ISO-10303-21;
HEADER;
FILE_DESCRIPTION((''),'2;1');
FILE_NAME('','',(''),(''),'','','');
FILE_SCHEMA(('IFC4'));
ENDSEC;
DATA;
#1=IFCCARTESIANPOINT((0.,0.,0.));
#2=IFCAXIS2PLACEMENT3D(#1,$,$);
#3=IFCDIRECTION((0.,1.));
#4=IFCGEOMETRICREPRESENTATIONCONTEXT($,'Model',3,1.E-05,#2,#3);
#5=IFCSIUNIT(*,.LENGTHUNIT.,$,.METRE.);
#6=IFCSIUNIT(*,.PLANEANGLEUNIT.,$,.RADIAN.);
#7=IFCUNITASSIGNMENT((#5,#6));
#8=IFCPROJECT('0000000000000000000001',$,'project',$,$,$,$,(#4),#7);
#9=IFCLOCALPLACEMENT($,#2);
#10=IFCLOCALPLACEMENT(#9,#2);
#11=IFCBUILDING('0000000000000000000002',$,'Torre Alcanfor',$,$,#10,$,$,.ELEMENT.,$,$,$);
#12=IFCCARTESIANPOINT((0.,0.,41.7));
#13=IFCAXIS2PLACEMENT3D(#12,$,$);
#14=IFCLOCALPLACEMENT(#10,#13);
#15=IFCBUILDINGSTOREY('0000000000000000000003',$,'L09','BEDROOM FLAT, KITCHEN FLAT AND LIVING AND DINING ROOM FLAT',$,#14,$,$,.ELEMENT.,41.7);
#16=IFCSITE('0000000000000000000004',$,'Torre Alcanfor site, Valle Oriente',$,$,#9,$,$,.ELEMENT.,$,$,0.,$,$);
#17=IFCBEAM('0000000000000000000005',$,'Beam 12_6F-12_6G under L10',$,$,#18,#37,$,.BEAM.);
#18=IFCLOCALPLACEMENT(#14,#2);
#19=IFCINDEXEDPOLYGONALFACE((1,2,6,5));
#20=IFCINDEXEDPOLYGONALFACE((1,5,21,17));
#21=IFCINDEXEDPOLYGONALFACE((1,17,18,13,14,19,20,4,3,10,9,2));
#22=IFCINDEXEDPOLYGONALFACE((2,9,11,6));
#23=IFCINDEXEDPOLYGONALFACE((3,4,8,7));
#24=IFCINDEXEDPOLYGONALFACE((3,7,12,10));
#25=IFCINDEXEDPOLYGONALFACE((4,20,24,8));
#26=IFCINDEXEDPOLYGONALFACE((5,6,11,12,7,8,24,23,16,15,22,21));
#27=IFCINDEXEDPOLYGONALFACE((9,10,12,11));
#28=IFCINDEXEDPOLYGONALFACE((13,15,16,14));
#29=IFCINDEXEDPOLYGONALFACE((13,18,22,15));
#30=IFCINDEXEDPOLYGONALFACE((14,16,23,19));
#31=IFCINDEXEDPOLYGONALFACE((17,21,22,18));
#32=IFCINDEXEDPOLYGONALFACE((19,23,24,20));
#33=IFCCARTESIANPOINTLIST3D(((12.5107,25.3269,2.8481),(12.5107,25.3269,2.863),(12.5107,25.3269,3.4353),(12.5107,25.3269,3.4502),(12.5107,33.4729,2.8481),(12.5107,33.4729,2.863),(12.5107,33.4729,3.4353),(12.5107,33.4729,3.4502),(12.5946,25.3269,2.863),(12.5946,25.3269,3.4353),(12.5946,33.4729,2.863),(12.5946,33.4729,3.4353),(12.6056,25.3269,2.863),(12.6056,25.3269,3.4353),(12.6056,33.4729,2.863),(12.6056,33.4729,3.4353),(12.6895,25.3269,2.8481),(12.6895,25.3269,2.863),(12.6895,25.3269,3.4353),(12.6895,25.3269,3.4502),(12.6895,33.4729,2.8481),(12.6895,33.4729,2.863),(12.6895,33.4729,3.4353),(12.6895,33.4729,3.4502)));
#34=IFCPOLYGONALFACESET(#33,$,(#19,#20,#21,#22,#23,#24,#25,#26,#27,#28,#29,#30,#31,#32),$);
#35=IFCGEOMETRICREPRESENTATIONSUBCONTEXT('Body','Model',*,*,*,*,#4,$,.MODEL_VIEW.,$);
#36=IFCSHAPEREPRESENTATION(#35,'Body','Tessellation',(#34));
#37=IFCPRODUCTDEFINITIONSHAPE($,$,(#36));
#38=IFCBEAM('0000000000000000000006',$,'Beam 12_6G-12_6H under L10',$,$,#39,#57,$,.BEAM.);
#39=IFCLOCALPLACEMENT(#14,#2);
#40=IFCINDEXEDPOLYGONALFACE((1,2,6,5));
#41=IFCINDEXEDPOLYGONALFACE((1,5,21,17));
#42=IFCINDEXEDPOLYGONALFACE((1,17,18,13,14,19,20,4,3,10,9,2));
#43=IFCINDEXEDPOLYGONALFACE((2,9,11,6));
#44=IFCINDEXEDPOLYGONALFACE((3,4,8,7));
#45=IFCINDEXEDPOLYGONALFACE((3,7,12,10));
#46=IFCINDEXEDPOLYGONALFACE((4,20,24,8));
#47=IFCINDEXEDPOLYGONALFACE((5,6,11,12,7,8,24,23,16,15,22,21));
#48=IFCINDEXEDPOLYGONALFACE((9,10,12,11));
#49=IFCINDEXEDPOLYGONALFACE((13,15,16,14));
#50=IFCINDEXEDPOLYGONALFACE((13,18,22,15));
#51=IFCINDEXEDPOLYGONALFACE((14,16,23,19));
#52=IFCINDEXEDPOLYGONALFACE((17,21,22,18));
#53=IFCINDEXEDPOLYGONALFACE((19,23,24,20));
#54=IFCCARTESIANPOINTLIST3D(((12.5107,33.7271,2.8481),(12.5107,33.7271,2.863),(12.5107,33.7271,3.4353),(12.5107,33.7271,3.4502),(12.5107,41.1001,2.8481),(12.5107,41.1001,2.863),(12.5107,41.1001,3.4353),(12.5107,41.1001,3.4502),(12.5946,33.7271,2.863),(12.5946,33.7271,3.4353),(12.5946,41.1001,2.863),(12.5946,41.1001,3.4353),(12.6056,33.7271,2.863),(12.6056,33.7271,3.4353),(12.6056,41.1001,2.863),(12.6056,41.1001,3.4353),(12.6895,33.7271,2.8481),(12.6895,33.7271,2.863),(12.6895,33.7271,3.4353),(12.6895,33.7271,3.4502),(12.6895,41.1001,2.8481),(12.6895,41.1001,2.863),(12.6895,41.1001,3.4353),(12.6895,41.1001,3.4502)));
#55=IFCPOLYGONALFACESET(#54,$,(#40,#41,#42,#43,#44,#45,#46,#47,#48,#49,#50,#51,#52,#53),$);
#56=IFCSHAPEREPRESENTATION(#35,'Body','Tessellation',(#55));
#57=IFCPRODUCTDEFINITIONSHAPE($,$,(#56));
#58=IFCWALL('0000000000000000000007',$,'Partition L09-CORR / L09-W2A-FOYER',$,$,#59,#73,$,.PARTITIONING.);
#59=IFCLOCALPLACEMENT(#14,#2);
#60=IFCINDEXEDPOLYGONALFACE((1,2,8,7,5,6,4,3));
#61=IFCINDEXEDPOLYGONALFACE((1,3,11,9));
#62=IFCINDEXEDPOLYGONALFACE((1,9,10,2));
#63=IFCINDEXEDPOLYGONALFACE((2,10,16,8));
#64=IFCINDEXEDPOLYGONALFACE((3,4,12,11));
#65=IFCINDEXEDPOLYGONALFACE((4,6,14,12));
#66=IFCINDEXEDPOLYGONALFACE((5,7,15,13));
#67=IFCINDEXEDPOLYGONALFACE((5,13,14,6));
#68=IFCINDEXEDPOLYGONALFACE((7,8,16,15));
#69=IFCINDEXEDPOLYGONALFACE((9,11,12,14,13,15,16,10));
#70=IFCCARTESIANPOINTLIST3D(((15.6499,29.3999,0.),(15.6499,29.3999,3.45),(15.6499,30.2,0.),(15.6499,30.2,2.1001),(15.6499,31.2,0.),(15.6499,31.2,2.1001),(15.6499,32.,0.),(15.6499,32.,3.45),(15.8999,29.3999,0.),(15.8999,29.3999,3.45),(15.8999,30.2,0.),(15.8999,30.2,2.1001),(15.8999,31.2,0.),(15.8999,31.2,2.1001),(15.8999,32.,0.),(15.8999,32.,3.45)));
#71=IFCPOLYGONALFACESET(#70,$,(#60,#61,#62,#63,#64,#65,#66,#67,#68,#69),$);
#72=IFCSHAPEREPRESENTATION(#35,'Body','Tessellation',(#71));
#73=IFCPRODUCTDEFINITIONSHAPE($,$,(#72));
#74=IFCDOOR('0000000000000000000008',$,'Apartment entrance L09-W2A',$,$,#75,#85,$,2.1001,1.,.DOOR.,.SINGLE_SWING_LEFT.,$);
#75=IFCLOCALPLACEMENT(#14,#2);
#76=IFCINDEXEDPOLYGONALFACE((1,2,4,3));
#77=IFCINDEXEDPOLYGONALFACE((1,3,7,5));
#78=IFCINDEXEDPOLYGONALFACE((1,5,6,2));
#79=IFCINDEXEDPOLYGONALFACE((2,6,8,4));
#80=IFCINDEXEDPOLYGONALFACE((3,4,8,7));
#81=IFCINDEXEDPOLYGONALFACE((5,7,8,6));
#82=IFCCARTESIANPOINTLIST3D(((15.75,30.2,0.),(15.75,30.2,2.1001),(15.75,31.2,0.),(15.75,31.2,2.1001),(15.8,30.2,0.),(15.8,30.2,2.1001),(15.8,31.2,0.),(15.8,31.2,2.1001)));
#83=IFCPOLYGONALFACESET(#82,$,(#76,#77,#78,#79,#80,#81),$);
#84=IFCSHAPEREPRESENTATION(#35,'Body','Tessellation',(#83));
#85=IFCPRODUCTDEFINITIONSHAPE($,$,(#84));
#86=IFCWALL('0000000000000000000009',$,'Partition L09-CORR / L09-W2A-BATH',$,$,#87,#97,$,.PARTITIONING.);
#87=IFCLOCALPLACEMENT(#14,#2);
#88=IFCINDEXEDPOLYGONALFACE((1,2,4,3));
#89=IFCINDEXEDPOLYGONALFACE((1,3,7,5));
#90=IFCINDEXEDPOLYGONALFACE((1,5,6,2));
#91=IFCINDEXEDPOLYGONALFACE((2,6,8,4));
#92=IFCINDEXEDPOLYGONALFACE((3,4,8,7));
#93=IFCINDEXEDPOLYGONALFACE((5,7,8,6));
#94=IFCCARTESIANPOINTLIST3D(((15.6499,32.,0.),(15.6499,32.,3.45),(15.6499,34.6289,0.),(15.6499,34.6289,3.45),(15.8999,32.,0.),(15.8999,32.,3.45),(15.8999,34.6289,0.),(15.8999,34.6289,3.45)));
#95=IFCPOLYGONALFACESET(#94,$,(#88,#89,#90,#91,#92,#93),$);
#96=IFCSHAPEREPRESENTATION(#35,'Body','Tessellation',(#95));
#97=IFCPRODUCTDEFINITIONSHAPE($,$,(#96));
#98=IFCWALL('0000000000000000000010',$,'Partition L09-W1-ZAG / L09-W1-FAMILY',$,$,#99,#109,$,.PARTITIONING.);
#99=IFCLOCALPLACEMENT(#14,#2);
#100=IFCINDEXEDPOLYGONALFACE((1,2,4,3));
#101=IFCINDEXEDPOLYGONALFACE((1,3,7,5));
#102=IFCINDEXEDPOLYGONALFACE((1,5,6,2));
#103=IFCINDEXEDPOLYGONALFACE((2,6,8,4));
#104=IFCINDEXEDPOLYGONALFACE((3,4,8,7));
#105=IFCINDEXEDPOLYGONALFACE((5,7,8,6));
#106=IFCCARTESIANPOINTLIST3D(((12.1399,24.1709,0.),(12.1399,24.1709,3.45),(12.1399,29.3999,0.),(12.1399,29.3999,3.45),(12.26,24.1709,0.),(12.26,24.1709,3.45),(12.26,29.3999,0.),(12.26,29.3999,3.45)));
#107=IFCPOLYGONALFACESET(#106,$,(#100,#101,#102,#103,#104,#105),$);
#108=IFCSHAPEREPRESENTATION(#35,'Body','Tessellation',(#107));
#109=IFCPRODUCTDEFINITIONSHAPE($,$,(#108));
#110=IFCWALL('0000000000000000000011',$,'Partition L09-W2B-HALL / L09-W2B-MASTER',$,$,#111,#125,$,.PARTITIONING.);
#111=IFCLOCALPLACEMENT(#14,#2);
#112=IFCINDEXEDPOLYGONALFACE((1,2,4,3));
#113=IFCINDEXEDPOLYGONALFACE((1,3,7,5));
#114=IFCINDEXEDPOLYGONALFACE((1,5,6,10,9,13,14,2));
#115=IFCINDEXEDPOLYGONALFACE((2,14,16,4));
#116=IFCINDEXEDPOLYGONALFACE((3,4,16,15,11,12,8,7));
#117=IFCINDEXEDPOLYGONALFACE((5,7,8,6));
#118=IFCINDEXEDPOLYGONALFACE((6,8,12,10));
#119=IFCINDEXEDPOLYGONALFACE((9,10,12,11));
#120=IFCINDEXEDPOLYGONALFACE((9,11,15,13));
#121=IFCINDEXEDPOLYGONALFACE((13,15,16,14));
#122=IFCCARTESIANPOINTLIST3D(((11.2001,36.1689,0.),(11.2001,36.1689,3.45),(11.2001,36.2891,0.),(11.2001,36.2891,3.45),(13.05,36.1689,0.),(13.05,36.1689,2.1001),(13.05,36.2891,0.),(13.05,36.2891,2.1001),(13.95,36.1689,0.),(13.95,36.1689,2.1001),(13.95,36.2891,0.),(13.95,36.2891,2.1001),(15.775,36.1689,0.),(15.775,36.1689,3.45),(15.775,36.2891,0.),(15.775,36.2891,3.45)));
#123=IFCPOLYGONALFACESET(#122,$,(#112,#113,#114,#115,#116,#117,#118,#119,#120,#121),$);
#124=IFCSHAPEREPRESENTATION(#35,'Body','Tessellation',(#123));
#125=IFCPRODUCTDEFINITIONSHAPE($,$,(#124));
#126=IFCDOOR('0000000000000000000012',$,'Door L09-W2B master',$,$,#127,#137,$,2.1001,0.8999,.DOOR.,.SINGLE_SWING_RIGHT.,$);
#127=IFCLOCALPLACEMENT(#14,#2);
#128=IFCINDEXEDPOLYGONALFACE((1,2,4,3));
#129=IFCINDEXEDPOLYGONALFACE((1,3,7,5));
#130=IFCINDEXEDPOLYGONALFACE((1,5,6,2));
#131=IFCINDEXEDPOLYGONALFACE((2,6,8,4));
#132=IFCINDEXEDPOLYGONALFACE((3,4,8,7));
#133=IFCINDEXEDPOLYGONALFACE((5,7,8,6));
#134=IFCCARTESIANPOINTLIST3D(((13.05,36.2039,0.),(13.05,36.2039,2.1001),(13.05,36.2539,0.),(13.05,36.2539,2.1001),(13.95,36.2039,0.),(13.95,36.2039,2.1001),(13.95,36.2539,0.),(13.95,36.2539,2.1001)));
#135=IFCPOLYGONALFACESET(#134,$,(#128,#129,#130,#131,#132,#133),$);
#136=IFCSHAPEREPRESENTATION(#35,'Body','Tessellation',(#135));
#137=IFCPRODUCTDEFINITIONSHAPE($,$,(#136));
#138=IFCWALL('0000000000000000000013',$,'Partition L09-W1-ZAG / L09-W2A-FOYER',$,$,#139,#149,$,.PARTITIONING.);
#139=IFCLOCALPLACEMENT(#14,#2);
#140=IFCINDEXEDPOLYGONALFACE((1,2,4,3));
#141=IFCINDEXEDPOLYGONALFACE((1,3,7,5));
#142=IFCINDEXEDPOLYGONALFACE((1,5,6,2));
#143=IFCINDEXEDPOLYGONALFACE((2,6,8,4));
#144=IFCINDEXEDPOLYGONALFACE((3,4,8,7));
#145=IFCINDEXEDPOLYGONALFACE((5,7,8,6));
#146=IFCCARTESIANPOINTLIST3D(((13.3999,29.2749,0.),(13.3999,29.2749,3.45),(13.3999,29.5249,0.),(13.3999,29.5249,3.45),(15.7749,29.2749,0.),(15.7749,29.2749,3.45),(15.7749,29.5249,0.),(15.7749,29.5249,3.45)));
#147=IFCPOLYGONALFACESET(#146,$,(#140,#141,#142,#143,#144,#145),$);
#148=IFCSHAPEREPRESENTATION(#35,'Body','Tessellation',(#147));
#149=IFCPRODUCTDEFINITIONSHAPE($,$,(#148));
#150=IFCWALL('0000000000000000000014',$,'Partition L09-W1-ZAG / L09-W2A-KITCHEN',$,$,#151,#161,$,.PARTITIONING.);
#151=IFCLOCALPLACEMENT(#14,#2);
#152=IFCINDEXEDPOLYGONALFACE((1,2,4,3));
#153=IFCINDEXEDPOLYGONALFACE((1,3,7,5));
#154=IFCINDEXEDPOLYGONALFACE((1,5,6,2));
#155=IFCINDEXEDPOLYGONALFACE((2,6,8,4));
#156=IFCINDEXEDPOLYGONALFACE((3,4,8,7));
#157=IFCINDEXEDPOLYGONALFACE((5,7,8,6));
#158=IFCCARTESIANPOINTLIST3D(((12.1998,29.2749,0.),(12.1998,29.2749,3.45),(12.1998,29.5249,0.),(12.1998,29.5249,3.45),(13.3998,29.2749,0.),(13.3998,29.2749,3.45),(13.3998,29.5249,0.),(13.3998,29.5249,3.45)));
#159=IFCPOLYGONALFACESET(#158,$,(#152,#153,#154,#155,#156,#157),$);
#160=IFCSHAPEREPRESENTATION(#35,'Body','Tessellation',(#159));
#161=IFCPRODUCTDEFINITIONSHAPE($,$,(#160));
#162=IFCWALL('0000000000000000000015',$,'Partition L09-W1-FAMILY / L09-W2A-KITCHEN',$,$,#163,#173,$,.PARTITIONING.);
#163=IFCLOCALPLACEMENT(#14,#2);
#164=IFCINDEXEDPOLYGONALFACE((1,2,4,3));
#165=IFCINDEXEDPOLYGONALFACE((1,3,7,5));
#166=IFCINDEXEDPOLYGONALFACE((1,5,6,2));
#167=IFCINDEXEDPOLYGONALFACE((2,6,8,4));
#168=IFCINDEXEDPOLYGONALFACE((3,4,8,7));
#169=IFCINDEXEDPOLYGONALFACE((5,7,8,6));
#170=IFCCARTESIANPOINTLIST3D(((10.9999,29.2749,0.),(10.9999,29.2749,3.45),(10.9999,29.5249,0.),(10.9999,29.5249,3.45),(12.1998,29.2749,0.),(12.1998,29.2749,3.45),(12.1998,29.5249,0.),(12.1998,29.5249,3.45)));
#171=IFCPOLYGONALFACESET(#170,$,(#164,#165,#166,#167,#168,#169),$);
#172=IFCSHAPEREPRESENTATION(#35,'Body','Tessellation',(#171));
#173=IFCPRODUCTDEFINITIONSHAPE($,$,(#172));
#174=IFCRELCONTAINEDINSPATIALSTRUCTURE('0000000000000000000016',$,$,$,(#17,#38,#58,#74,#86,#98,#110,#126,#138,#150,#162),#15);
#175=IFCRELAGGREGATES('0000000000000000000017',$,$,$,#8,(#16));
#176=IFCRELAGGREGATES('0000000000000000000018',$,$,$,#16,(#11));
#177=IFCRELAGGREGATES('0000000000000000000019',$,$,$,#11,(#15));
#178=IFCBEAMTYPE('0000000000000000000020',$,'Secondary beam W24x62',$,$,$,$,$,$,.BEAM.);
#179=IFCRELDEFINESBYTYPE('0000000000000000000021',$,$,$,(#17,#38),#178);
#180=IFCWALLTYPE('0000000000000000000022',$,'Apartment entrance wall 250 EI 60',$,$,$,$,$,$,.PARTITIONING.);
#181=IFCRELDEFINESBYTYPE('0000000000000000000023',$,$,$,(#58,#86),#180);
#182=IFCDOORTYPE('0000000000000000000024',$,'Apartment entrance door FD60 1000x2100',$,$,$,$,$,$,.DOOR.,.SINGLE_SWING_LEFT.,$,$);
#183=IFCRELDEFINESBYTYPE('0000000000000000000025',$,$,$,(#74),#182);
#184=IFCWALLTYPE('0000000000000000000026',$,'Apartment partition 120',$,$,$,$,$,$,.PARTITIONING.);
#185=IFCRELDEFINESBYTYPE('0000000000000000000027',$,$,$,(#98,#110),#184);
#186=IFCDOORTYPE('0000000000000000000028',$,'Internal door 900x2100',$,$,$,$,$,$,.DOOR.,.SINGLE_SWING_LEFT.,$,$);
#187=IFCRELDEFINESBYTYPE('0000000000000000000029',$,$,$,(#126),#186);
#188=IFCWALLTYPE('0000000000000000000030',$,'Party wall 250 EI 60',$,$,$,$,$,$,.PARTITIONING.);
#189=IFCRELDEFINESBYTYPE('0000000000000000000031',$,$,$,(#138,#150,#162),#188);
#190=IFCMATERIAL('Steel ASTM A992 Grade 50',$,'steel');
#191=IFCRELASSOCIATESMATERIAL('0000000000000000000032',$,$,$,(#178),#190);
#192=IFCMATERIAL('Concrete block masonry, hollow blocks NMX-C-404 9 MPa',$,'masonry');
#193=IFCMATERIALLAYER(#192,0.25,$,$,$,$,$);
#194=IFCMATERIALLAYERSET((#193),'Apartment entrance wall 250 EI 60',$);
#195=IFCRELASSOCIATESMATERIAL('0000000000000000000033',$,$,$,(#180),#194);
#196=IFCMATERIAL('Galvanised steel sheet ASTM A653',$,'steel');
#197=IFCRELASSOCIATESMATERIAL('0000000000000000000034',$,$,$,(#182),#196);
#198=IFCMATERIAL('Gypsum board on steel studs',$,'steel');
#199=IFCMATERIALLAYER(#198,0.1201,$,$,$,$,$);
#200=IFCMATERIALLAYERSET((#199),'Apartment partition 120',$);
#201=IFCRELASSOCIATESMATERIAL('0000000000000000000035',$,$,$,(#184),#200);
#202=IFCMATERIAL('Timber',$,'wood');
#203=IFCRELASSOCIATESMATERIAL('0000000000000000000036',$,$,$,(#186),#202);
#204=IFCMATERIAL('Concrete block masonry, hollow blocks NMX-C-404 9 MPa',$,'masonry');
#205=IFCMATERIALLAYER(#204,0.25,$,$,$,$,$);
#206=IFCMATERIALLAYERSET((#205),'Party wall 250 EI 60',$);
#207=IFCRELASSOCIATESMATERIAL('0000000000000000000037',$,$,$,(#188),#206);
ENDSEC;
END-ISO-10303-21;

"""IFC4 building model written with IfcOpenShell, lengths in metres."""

from ifc_helpers import new_model, si_unit, direction, frame, frame_2d, origin, origin_2d, place, context, subcontext, project, spatial, rectangle, i_section, extrude, material, layer, layer_set, material_profile, profile_set, type_object, element, fill, save


model = new_model("IFC4")

# Units and contexts
model_context = context("Model", 3, precision=1e-05, world=origin(), true_north=direction((0.0, 1.0)))
body_context = subcontext(model_context, "Body", "Model", "MODEL_VIEW")
ifc_project = project(units=[si_unit("LENGTHUNIT", "METRE"), si_unit("PLANEANGLEUNIT", "RADIAN")], contexts=[model_context])

# Site, building, storey
site_placement = place(None, origin())
site = spatial("IfcSite", under=ifc_project, at=site_placement, Name="Torre Alcanfor site, Valle Oriente", CompositionType="ELEMENT", RefElevation=0.0)
building_placement = place(site_placement, origin())
building = spatial("IfcBuilding", under=site, at=building_placement, Name="Torre Alcanfor", CompositionType="ELEMENT")
storey_placement = place(building_placement, frame((0.0, 0.0, 41.7)))
storey = spatial("IfcBuildingStorey", under=building, at=storey_placement, Name="L09", Description="BEDROOM FLAT, KITCHEN FLAT AND LIVING AND DINING ROOM FLAT", CompositionType="ELEMENT", Elevation=41.7)

# Beams
ifc_material_1 = material(Name="Steel ASTM A992 Grade 50", Category="steel")
ifc_material_profile = material_profile(ifc_material_1, i_section(OverallWidth=0.1787, OverallDepth=0.6021, WebThickness=0.011, FlangeThickness=0.0149, at=origin_2d()), Name="W24x62")
ifc_profile_set = profile_set([ifc_material_profile], Name="Steel ASTM A992 Grade 50")
beam_type = type_object("IfcBeamType", Name="Secondary beam W24x62", PredefinedType="BEAM", material=ifc_profile_set)
beam_1_placement = place(storey_placement, frame((12.6001, 25.3269, 3.1492), z_axis=(0.0, 1.0, 0.0), x_axis=(-1.0, 0.0, 0.0)))
element("IfcBeam", 1, at=beam_1_placement, inside=storey, type_object=beam_type, Name="Beam 12_6F-12_6G under L10", PredefinedType="BEAM", context=body_context, shape_type="SweptSolid", body=[
    extrude(i_section(OverallWidth=0.1787, OverallDepth=0.6021, WebThickness=0.011, FlangeThickness=0.0149, at=origin_2d()), origin(), (0.0, 0.0, 1.0), 8.146),
])
beam_2_placement = place(storey_placement, frame((12.6001, 33.7271, 3.1492), z_axis=(0.0, 1.0, 0.0), x_axis=(-1.0, 0.0, 0.0)))
element("IfcBeam", 2, at=beam_2_placement, inside=storey, type_object=beam_type, Name="Beam 12_6G-12_6H under L10", PredefinedType="BEAM", context=body_context, shape_type="SweptSolid", body=[
    extrude(i_section(OverallWidth=0.1787, OverallDepth=0.6021, WebThickness=0.011, FlangeThickness=0.0149, at=origin_2d()), origin(), (0.0, 0.0, 1.0), 7.373),
])

# Wall, opening, door
ifc_material_2 = material(Name="Concrete block masonry, hollow blocks NMX-C-404 9 MPa", Category="masonry")
ifc_layer_1 = layer(ifc_material_2, 0.25)
ifc_layer_set_1 = layer_set([ifc_layer_1], Name="Apartment entrance wall 250 EI 60")
wall_type_1 = type_object("IfcWallType", Name="Apartment entrance wall 250 EI 60", PredefinedType="PARTITIONING", material=ifc_layer_set_1)
wall_1_placement = place(storey_placement, frame((15.7749, 29.3999, 0.0), z_axis=(0.0, 0.0, 1.0), x_axis=(0.0, 1.0, 0.0)))
wall_1 = element("IfcWall", 3, at=wall_1_placement, inside=storey, type_object=wall_type_1, Name="Partition L09-CORR / L09-W2A-FOYER", PredefinedType="PARTITIONING", context=body_context, shape_type="SweptSolid", body=[
    extrude(rectangle(XDim=2.6001, YDim=0.25, at=frame_2d((1.3, 0.0))), origin(), (0.0, 0.0, 1.0), 3.45),
])
opening_1_placement = place(wall_1_placement, frame((0.8, 0.0, 0.0)))
opening_1 = element("IfcOpeningElement", 4, at=opening_1_placement, cuts=wall_1, PredefinedType="OPENING", context=body_context, shape_type="SweptSolid", body=[
    extrude(rectangle(XDim=1.0, YDim=2.1001, at=frame_2d((0.5, 1.05))), frame((0.0, 0.135, 0.0), z_axis=(0.0, -1.0, 0.0), x_axis=(1.0, 0.0, 0.0)), (0.0, 0.0, 1.0), 0.27),
])
ifc_material_3 = material(Name="Galvanised steel sheet ASTM A653", Category="steel")
door_type_1 = type_object("IfcDoorType", Name="Apartment entrance door FD60 1000x2100", OperationType="SINGLE_SWING_LEFT", PredefinedType="DOOR", material=ifc_material_3)
door_1_placement = place(opening_1_placement, origin())
door_1 = element("IfcDoor", 5, at=door_1_placement, inside=storey, type_object=door_type_1, Name="Apartment entrance L09-W2A", OperationType="SINGLE_SWING_LEFT", OverallHeight=2.1001, OverallWidth=1.0, PredefinedType="DOOR", context=body_context, shape_type="SweptSolid", body=[
    extrude(rectangle(XDim=1.0, YDim=2.1001, at=frame_2d((0.5, 1.05))), frame((0.0, 0.0249, 0.0), z_axis=(0.0, -1.0, 0.0), x_axis=(1.0, 0.0, 0.0)), (0.0, 0.0, 1.0), 0.05),
])
fill(opening_1, door_1)

# Walls
wall_2_placement = place(storey_placement, frame((15.7749, 32.0, 0.0), z_axis=(0.0, 0.0, 1.0), x_axis=(0.0, 1.0, 0.0)))
element("IfcWall", 6, at=wall_2_placement, inside=storey, type_object=wall_type_1, Name="Partition L09-CORR / L09-W2A-BATH", PredefinedType="PARTITIONING", context=body_context, shape_type="SweptSolid", body=[
    extrude(rectangle(XDim=2.6289, YDim=0.25, at=frame_2d((1.3145, 0.0))), origin(), (0.0, 0.0, 1.0), 3.45),
])
ifc_material_4 = material(Name="Gypsum board on steel studs", Category="steel")
ifc_layer_2 = layer(ifc_material_4, 0.1201)
ifc_layer_set_2 = layer_set([ifc_layer_2], Name="Apartment partition 120")
wall_type_2 = type_object("IfcWallType", Name="Apartment partition 120", PredefinedType="PARTITIONING", material=ifc_layer_set_2)
wall_3_placement = place(storey_placement, frame((12.2, 29.3999, 0.0), z_axis=(0.0, 0.0, 1.0), x_axis=(0.0, -1.0, 0.0)))
element("IfcWall", 7, at=wall_3_placement, inside=storey, type_object=wall_type_2, Name="Partition L09-W1-ZAG / L09-W1-FAMILY", PredefinedType="PARTITIONING", context=body_context, shape_type="SweptSolid", body=[
    extrude(rectangle(XDim=5.229, YDim=0.1201, at=frame_2d((2.6145, 0.0))), origin(), (0.0, 0.0, 1.0), 3.45),
])

# Wall, opening, door
wall_4_placement = place(storey_placement, frame((11.2, 36.229, 0.0), z_axis=(0.0, 0.0, 1.0), x_axis=(1.0, 0.0, 0.0)))
wall_4 = element("IfcWall", 8, at=wall_4_placement, inside=storey, type_object=wall_type_2, Name="Partition L09-W2B-HALL / L09-W2B-MASTER", PredefinedType="PARTITIONING", context=body_context, shape_type="SweptSolid", body=[
    extrude(rectangle(XDim=4.575, YDim=0.1201, at=frame_2d((2.2876, 0.0))), origin(), (0.0, 0.0, 1.0), 3.45),
])
opening_2_placement = place(wall_4_placement, frame((1.8501, 0.0, 0.0)))
opening_2 = element("IfcOpeningElement", 9, at=opening_2_placement, cuts=wall_4, PredefinedType="OPENING", context=body_context, shape_type="SweptSolid", body=[
    extrude(rectangle(XDim=0.8999, YDim=2.1001, at=frame_2d((0.45, 1.05))), frame((0.0, 0.0701, 0.0), z_axis=(0.0, -1.0, 0.0), x_axis=(1.0, 0.0, 0.0)), (0.0, 0.0, 1.0), 0.1401),
])
ifc_material_5 = material(Name="Timber", Category="wood")
door_type_2 = type_object("IfcDoorType", Name="Internal door 900x2100", OperationType="SINGLE_SWING_LEFT", PredefinedType="DOOR", material=ifc_material_5)
door_2_placement = place(opening_2_placement, origin())
door_2 = element("IfcDoor", 10, at=door_2_placement, inside=storey, type_object=door_type_2, Name="Door L09-W2B master", OperationType="SINGLE_SWING_RIGHT", OverallHeight=2.1001, OverallWidth=0.8999, PredefinedType="DOOR", context=body_context, shape_type="SweptSolid", body=[
    extrude(rectangle(XDim=0.8999, YDim=2.1001, at=frame_2d((0.45, 1.05))), frame((0.0, 0.0249, 0.0), z_axis=(0.0, -1.0, 0.0), x_axis=(1.0, 0.0, 0.0)), (0.0, 0.0, 1.0), 0.05),
])
fill(opening_2, door_2)

# Walls
ifc_material_6 = material(Name="Concrete block masonry, hollow blocks NMX-C-404 9 MPa", Category="masonry")
ifc_layer_3 = layer(ifc_material_6, 0.25)
ifc_layer_set_3 = layer_set([ifc_layer_3], Name="Party wall 250 EI 60")
wall_type_3 = type_object("IfcWallType", Name="Party wall 250 EI 60", PredefinedType="PARTITIONING", material=ifc_layer_set_3)
wall_5_placement = place(storey_placement, frame((15.7749, 29.3999, 0.0), z_axis=(0.0, 0.0, 1.0), x_axis=(-1.0, 0.0, 0.0)))
element("IfcWall", 11, at=wall_5_placement, inside=storey, type_object=wall_type_3, Name="Partition L09-W1-ZAG / L09-W2A-FOYER", PredefinedType="PARTITIONING", context=body_context, shape_type="SweptSolid", body=[
    extrude(rectangle(XDim=2.375, YDim=0.25, at=frame_2d((1.1875, 0.0))), origin(), (0.0, 0.0, 1.0), 3.45),
])
for number, where, z_axis, x_axis, name in (
    (12, (13.3999, 29.3999, 0.0), (0.0, 0.0, 1.0), (-1.0, 0.0, 0.0), "Partition L09-W1-ZAG / L09-W2A-KITCHEN"),
    (13, (12.2, 29.3999, 0.0), (0.0, 0.0, 1.0), (-1.0, 0.0, 0.0), "Partition L09-W1-FAMILY / L09-W2A-KITCHEN"),
):
    element("IfcWall", number, at=place(storey_placement, frame(where, z_axis=z_axis, x_axis=x_axis)), inside=storey, type_object=wall_type_3, Name=name, PredefinedType="PARTITIONING", context=body_context, shape_type="SweptSolid", body=[
        extrude(rectangle(XDim=1.2, YDim=0.25, at=frame_2d((0.6001, 0.0))), origin(), (0.0, 0.0, 1.0), 3.45),
    ])

save(model, "model.ifc")
